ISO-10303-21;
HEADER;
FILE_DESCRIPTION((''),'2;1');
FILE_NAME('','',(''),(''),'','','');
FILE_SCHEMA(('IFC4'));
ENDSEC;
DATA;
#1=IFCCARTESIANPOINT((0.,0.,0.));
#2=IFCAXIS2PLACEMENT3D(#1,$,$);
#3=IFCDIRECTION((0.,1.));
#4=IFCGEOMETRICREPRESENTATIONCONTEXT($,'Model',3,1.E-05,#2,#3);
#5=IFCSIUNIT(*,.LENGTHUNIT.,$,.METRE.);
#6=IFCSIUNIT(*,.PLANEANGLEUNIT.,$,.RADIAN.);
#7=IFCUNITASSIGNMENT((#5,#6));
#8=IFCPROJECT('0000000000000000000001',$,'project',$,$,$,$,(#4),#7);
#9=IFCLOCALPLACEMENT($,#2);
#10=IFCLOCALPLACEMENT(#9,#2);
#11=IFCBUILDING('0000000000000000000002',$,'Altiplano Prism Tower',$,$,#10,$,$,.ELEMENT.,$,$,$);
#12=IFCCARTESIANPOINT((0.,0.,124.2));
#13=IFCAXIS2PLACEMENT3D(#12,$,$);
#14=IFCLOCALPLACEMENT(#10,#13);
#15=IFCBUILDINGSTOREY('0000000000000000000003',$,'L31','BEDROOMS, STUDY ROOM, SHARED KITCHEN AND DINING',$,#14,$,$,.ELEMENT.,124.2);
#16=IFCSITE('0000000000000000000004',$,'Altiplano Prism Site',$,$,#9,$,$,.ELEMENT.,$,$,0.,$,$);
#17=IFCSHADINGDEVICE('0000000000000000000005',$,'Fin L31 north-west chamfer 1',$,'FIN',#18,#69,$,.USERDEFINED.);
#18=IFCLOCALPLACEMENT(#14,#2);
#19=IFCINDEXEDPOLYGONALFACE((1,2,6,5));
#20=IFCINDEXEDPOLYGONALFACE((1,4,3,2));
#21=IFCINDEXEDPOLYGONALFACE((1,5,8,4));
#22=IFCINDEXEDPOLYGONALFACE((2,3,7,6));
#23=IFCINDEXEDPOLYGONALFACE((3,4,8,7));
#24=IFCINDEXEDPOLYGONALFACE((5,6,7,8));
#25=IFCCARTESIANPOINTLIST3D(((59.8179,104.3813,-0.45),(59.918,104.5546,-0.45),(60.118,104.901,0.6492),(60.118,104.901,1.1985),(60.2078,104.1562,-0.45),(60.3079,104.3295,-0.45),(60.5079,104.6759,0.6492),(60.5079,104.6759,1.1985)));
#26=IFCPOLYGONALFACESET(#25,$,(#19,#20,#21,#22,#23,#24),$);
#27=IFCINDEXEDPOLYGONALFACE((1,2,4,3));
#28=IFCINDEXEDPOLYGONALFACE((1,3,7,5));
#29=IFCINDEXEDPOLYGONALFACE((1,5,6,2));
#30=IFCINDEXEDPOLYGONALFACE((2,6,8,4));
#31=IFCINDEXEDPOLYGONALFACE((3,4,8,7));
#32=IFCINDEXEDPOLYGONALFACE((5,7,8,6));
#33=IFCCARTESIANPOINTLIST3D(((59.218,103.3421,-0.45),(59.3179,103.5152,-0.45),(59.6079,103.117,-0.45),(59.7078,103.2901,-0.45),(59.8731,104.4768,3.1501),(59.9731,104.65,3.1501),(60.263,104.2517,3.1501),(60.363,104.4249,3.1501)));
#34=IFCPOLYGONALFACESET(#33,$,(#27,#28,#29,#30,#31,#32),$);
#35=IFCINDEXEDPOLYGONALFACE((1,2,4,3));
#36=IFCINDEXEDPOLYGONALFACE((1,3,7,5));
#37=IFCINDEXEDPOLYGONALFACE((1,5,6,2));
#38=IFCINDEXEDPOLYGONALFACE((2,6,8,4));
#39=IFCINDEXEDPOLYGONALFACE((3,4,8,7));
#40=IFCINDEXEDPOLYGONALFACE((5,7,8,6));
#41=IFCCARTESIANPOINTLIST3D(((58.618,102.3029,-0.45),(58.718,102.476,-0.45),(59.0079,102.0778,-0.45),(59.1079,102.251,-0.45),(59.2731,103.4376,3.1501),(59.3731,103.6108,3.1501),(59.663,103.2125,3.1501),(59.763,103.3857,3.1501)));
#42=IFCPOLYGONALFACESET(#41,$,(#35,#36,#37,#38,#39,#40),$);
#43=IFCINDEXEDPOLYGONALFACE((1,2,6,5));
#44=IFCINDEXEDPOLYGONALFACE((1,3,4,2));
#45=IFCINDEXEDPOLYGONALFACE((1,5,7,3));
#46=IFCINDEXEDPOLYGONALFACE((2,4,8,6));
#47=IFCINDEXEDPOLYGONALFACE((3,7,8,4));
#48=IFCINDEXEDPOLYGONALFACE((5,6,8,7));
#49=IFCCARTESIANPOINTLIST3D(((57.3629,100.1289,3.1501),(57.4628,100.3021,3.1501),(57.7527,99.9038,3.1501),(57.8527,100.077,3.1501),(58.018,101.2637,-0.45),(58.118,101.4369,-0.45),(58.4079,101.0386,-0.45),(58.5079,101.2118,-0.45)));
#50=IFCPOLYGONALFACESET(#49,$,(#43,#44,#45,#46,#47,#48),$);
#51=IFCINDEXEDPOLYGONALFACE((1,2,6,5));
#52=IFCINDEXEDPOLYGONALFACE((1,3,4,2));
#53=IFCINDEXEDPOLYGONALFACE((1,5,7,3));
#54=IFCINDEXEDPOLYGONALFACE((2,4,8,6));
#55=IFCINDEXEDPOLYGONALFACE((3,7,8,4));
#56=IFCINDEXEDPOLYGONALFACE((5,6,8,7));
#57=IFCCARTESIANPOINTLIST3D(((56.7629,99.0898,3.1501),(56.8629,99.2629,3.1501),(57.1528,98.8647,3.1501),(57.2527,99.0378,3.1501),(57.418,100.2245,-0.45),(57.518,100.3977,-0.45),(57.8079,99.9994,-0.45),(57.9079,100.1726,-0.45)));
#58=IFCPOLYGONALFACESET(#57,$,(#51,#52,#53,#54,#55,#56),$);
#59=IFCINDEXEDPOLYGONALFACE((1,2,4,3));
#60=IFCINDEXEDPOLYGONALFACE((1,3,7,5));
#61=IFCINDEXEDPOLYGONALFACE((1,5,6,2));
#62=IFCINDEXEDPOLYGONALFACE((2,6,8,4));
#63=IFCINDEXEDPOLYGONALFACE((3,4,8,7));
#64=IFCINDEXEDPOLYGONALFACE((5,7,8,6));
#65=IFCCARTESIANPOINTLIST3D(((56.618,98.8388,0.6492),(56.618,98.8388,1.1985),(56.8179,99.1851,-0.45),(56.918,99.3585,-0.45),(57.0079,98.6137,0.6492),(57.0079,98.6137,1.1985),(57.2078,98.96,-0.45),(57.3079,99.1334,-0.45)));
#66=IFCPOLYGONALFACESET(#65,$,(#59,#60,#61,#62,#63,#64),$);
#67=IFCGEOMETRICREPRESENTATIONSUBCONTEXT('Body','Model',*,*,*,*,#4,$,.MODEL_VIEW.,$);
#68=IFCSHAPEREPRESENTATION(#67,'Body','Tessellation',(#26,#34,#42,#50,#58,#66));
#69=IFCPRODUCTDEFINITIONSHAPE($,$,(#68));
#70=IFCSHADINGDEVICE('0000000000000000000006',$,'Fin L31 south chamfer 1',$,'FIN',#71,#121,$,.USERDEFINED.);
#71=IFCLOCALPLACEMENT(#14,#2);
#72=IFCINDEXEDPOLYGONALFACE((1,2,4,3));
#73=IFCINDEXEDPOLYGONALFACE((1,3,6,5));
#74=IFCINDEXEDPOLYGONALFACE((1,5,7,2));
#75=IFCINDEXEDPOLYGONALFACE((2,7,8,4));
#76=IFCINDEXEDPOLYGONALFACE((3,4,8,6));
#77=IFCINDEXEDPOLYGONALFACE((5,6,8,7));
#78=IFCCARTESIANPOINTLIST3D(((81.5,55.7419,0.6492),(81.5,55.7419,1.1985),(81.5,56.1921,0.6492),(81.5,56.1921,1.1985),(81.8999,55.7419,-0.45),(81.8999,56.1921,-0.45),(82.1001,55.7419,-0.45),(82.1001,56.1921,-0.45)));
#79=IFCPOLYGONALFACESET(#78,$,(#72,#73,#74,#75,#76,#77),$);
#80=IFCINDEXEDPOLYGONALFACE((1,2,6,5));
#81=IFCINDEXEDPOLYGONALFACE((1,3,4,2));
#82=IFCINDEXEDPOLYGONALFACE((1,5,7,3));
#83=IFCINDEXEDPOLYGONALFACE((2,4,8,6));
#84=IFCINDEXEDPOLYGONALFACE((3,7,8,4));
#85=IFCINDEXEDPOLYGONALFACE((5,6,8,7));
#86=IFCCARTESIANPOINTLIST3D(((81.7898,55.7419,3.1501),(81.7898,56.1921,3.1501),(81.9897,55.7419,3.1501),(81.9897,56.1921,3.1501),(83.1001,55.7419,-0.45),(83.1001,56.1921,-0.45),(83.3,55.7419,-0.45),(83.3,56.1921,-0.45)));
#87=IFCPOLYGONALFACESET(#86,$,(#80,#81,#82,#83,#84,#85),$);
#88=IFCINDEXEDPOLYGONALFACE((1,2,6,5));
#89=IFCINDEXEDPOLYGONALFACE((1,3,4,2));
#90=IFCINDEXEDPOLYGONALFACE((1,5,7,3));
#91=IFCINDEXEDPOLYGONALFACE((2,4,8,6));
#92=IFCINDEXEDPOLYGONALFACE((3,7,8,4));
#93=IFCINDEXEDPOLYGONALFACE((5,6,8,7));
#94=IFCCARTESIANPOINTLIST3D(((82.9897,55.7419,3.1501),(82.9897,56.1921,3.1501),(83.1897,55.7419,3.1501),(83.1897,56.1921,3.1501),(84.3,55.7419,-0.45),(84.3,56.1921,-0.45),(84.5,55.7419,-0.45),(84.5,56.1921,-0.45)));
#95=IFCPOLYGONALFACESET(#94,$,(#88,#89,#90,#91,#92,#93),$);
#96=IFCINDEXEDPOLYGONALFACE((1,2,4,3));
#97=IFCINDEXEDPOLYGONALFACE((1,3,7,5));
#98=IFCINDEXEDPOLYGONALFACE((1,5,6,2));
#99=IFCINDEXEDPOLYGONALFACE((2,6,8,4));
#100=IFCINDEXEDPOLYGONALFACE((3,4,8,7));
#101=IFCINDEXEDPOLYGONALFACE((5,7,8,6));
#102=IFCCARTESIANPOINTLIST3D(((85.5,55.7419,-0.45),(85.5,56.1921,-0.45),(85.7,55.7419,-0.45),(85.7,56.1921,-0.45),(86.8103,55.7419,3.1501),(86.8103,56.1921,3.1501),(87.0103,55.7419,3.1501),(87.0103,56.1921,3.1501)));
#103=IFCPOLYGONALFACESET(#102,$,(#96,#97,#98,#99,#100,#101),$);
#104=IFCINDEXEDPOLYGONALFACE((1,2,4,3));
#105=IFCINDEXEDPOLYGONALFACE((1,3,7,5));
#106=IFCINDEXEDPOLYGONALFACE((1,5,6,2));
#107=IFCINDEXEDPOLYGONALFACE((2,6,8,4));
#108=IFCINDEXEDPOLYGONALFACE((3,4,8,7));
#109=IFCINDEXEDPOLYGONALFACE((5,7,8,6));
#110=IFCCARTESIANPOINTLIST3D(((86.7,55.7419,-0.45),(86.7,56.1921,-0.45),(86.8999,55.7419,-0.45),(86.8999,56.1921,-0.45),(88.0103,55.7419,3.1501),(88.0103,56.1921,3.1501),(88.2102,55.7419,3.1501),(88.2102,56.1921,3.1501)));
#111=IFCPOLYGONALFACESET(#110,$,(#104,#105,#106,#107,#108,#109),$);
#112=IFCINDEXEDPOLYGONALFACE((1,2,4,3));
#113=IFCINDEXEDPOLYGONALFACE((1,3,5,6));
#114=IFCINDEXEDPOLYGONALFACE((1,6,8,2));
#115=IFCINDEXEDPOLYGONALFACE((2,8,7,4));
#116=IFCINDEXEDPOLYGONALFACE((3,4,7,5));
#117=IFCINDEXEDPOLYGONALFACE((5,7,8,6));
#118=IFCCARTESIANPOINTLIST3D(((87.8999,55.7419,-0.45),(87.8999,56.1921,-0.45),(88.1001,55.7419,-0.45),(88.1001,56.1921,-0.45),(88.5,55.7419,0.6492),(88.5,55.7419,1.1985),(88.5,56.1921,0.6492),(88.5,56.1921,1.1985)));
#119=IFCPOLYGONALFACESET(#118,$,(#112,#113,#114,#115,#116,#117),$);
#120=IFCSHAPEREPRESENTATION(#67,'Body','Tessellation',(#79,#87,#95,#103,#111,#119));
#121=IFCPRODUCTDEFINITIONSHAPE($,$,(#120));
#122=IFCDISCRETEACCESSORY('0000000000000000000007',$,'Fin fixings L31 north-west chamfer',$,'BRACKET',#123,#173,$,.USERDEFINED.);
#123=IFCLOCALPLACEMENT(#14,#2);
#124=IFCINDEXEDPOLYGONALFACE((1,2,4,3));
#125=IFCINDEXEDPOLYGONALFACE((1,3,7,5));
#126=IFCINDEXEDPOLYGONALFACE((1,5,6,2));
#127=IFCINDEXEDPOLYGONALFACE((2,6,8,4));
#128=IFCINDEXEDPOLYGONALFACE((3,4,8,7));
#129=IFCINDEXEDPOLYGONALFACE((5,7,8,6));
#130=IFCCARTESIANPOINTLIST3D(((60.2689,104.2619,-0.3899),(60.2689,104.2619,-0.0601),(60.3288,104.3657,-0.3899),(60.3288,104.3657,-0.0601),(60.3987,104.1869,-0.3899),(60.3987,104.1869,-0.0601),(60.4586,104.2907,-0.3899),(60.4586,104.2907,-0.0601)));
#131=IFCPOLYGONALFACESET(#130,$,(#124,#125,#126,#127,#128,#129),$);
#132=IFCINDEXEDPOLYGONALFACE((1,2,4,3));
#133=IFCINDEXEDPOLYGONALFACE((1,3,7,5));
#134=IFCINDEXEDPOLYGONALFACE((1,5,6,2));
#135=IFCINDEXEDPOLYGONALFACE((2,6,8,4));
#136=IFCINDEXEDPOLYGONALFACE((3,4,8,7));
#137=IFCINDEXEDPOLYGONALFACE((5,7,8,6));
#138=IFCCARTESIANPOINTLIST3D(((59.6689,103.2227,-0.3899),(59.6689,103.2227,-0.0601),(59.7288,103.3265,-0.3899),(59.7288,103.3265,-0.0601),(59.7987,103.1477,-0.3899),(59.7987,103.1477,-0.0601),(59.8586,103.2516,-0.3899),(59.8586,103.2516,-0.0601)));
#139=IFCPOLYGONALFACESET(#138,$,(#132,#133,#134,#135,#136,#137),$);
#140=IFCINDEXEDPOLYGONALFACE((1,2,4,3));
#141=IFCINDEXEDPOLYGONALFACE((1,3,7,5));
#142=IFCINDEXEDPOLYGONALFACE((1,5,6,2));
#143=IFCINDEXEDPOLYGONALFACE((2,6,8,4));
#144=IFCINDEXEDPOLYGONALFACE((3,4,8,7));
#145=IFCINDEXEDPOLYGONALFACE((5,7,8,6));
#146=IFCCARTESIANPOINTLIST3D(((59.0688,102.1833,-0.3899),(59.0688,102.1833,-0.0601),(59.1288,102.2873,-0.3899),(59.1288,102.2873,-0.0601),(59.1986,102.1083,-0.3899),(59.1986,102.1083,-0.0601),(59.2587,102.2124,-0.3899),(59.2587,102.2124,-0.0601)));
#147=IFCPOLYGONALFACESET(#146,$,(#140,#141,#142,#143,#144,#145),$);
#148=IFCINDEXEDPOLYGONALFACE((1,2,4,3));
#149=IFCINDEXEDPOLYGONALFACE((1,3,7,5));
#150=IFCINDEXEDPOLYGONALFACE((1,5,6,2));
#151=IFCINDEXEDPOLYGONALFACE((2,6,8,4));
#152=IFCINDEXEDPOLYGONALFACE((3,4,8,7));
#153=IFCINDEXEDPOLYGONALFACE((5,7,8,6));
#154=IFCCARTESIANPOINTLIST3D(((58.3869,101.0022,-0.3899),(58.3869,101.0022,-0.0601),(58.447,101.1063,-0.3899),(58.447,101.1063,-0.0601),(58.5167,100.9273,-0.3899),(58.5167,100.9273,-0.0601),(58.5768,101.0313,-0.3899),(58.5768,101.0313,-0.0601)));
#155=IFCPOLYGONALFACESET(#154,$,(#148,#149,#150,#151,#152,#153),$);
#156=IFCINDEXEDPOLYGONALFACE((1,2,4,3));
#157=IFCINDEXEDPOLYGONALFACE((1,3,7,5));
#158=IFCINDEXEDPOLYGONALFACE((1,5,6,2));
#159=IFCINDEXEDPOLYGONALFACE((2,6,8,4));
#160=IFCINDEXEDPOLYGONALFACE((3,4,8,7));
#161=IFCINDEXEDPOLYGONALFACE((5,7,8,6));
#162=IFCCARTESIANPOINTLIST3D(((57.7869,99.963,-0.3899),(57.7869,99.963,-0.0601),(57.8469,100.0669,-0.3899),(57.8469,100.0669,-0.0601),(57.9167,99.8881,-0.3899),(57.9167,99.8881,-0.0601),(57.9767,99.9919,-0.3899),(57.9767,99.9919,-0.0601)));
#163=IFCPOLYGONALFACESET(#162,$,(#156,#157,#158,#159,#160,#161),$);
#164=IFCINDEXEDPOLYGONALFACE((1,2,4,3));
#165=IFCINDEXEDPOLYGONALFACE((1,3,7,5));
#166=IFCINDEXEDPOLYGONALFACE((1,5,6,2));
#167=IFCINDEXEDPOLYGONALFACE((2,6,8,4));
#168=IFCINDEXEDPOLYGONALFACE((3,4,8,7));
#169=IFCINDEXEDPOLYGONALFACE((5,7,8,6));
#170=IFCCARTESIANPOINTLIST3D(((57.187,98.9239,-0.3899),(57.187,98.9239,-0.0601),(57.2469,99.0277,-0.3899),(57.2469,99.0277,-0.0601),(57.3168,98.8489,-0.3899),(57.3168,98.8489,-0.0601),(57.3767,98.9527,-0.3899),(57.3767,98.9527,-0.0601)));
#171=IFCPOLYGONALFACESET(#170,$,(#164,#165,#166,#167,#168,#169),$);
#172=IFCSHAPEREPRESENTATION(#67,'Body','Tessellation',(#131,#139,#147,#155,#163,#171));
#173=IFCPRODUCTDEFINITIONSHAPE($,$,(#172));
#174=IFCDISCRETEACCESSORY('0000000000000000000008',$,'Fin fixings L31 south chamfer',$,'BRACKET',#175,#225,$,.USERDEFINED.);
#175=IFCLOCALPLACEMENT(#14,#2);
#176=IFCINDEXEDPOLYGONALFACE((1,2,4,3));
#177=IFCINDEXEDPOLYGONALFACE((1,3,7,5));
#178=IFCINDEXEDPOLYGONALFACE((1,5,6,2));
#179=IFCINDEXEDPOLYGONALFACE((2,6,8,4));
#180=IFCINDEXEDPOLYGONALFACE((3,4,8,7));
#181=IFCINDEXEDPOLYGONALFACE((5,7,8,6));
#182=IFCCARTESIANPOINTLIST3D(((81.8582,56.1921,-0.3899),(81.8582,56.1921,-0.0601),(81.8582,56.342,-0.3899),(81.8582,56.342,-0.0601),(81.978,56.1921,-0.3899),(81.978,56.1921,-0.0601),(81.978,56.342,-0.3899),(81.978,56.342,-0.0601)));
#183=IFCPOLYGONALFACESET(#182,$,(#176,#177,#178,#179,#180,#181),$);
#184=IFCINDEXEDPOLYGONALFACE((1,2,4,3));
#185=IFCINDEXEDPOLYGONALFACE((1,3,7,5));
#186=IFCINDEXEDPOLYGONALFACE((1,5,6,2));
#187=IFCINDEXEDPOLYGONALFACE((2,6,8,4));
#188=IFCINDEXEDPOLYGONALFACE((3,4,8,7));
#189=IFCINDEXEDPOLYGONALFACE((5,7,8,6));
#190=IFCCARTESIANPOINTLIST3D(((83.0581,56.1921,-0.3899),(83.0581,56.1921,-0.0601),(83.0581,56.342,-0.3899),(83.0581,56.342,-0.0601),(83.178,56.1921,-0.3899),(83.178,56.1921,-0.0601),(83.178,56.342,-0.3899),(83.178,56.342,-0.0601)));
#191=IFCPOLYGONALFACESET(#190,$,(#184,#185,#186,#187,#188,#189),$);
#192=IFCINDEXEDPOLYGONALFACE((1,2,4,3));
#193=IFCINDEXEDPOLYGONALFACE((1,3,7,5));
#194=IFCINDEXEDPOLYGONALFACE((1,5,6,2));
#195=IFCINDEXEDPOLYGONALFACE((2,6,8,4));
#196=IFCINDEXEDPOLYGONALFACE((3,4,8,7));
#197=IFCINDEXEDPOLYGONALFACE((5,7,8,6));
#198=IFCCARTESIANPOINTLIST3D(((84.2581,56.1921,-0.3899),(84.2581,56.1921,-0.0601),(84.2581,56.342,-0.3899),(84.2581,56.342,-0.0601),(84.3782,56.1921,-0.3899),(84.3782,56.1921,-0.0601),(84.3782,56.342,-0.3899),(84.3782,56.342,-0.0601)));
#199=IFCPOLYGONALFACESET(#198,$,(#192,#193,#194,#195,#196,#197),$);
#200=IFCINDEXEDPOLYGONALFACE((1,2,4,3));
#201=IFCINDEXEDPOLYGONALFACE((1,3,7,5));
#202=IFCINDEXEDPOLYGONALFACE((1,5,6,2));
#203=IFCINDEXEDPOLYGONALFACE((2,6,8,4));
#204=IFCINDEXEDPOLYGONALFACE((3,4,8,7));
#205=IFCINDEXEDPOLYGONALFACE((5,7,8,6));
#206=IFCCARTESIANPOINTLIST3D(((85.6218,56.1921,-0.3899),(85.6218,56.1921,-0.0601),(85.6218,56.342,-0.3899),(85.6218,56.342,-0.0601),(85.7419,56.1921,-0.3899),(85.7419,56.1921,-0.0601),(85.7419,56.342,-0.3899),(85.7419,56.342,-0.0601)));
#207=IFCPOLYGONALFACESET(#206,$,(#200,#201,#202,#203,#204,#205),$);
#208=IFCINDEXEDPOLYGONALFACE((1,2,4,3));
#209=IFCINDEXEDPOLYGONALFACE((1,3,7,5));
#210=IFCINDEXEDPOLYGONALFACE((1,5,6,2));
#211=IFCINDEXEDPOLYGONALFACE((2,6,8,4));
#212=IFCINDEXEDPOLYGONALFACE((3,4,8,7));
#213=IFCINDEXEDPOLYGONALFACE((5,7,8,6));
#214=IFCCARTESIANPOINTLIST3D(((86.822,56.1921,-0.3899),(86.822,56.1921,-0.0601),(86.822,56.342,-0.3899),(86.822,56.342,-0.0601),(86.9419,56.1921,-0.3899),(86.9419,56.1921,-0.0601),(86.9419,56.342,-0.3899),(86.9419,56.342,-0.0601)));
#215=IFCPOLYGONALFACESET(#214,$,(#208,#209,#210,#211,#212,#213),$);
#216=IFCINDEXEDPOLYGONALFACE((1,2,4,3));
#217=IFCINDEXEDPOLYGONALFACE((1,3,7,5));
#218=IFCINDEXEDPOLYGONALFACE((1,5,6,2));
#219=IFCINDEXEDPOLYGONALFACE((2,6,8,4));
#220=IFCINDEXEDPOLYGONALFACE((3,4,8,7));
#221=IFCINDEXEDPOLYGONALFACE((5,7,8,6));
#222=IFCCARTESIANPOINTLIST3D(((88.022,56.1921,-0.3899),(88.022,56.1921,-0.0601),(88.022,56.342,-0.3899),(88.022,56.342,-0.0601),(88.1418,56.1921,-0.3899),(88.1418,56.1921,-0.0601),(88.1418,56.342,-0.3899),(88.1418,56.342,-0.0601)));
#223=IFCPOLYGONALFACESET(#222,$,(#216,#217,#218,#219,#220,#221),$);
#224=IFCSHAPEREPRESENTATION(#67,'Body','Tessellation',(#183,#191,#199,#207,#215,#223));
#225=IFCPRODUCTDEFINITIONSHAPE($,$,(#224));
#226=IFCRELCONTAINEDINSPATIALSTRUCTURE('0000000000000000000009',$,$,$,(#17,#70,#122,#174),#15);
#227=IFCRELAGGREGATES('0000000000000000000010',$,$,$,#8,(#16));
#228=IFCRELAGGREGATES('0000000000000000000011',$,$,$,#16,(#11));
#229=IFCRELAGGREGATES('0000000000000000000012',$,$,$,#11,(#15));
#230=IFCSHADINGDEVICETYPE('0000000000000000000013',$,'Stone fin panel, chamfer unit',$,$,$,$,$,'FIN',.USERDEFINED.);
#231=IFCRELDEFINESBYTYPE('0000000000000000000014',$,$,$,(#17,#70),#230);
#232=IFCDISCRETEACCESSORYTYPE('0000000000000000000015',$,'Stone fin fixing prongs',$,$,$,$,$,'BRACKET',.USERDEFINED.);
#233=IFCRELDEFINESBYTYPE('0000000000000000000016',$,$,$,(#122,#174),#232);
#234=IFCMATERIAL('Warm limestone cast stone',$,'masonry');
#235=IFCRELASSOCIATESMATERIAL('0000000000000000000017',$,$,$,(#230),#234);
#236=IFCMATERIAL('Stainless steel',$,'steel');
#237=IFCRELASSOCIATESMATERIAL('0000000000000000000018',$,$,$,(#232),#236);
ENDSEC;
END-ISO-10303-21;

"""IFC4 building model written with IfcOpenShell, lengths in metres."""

from ifc_helpers import new_model, si_unit, direction, frame, origin, place, context, subcontext, project, spatial, polyline, outline, extrude, source, transform, mapped, material, type_object, element, save


model = new_model("IFC4")

# Units and contexts
model_context = context("Model", 3, precision=1e-05, world=origin(), true_north=direction((0.0, 1.0)))
body_context = subcontext(model_context, "Body", "Model", "MODEL_VIEW")
ifc_project = project(units=[si_unit("LENGTHUNIT", "METRE"), si_unit("PLANEANGLEUNIT", "RADIAN")], contexts=[model_context])

# Site, building, storey
site_placement = place(None, origin())
site = spatial("IfcSite", under=ifc_project, at=site_placement, Name="Altiplano Prism Site", CompositionType="ELEMENT", RefElevation=0.0)
building_placement = place(site_placement, origin())
building = spatial("IfcBuilding", under=site, at=building_placement, Name="Altiplano Prism Tower", CompositionType="ELEMENT")
storey_placement = place(building_placement, frame((0.0, 0.0, 124.2)))
storey = spatial("IfcBuildingStorey", under=building, at=storey_placement, Name="L31", Description="BEDROOMS, STUDY ROOM, SHARED KITCHEN AND DINING", CompositionType="ELEMENT", Elevation=124.2)

# Shading devices
ifc_material_1 = material(Name="Warm limestone cast stone", Category="masonry")
shading_device_type_1 = type_object("IfcShadingDeviceType", Name="Stone fin panel, chamfer unit", ElementType="FIN", PredefinedType="USERDEFINED", material=ifc_material_1)
shared_shape_1 = source(origin(), body_context, "Body", "SweptSolid", [
    extrude(outline(polyline([(-3.5, 1.6484), (-3.5, 1.0991), (-3.1001, 0.0), (-2.8999, 0.0), (-3.5, 1.6484)])), frame((0.0, -0.1499, 0.0), z_axis=(0.0, -1.0, 0.0), x_axis=(1.0, 0.0, 0.0)), (0.0, 0.0, 1.0), 0.4502),
    extrude(outline(polyline([(-3.2102, 3.6001), (-1.8999, 0.0), (-1.7, 0.0), (-3.0103, 3.6001), (-3.2102, 3.6001)])), frame((0.0, -0.1499, 0.0), z_axis=(0.0, -1.0, 0.0), x_axis=(1.0, 0.0, 0.0)), (0.0, 0.0, 1.0), 0.4502),
    extrude(outline(polyline([(-2.0103, 3.6001), (-0.7, 0.0), (-0.5, 0.0), (-1.8103, 3.6001), (-2.0103, 3.6001)])), frame((0.0, -0.1499, 0.0), z_axis=(0.0, -1.0, 0.0), x_axis=(1.0, 0.0, 0.0)), (0.0, 0.0, 1.0), 0.4502),
    extrude(outline(polyline([(1.8103, 3.6001), (0.5, 0.0), (0.7, 0.0), (2.0103, 3.6001), (1.8103, 3.6001)])), frame((0.0, -0.1499, 0.0), z_axis=(0.0, -1.0, 0.0), x_axis=(1.0, 0.0, 0.0)), (0.0, 0.0, 1.0), 0.4502),
    extrude(outline(polyline([(3.0103, 3.6001), (1.7, 0.0), (1.8999, 0.0), (3.2102, 3.6001), (3.0103, 3.6001)])), frame((0.0, -0.1499, 0.0), z_axis=(0.0, -1.0, 0.0), x_axis=(1.0, 0.0, 0.0)), (0.0, 0.0, 1.0), 0.4502),
    extrude(outline(polyline([(3.5, 1.0991), (3.5, 1.6484), (2.8999, 0.0), (3.1001, 0.0), (3.5, 1.0991)])), frame((0.0, -0.1499, 0.0), z_axis=(0.0, -1.0, 0.0), x_axis=(1.0, 0.0, 0.0)), (0.0, 0.0, 1.0), 0.4502),
])
shading_device_1_placement = place(storey_placement, origin())
element("IfcShadingDevice", 1, at=shading_device_1_placement, inside=storey, type_object=shading_device_type_1, Name="Fin L31 north-west chamfer 1", ObjectType="FIN", PredefinedType="USERDEFINED", context=body_context, shape_type="MappedRepresentation", body=[
    mapped(shared_shape_1, transform((58.8877, 101.5698, -0.45), x_axis=(-0.5, -0.866025, 0.0), y_axis=(0.866025, -0.5, 0.0), z_axis=(0.0, 0.0, 1.0))),
])
shading_device_2_placement = place(storey_placement, origin())
element("IfcShadingDevice", 2, at=shading_device_2_placement, inside=storey, type_object=shading_device_type_1, Name="Fin L31 south chamfer 1", ObjectType="FIN", PredefinedType="USERDEFINED", context=body_context, shape_type="MappedRepresentation", body=[
    mapped(shared_shape_1, transform((85.0, 56.342, -0.45), x_axis=(1.0, 0.0, 0.0), y_axis=(0.0, 1.0, 0.0), z_axis=(0.0, 0.0, 1.0))),
])

# Discrete accessories
ifc_material_2 = material(Name="Stainless steel", Category="steel")
discrete_accessory_type = type_object("IfcDiscreteAccessoryType", Name="Stone fin fixing prongs", ElementType="BRACKET", PredefinedType="USERDEFINED", material=ifc_material_2)
shared_shape_2 = source(origin(), body_context, "Body", "SweptSolid", [
    extrude(outline(polyline([(-3.1418, 0.0601), (-3.022, 0.0601), (-3.022, 0.3899), (-3.1418, 0.3899), (-3.1418, 0.0601)])), frame((0.0, 0.0, 0.0), z_axis=(0.0, -1.0, 0.0), x_axis=(1.0, 0.0, 0.0)), (0.0, 0.0, 1.0), 0.1499),
    extrude(outline(polyline([(-1.9419, 0.0601), (-1.822, 0.0601), (-1.822, 0.3899), (-1.9419, 0.3899), (-1.9419, 0.0601)])), frame((0.0, 0.0, 0.0), z_axis=(0.0, -1.0, 0.0), x_axis=(1.0, 0.0, 0.0)), (0.0, 0.0, 1.0), 0.1499),
    extrude(outline(polyline([(-0.7419, 0.0601), (-0.6218, 0.0601), (-0.6218, 0.3899), (-0.7419, 0.3899), (-0.7419, 0.0601)])), frame((0.0, 0.0, 0.0), z_axis=(0.0, -1.0, 0.0), x_axis=(1.0, 0.0, 0.0)), (0.0, 0.0, 1.0), 0.1499),
    extrude(outline(polyline([(0.6218, 0.0601), (0.7419, 0.0601), (0.7419, 0.3899), (0.6218, 0.3899), (0.6218, 0.0601)])), frame((0.0, 0.0, 0.0), z_axis=(0.0, -1.0, 0.0), x_axis=(1.0, 0.0, 0.0)), (0.0, 0.0, 1.0), 0.1499),
    extrude(outline(polyline([(1.822, 0.0601), (1.9419, 0.0601), (1.9419, 0.3899), (1.822, 0.3899), (1.822, 0.0601)])), frame((0.0, 0.0, 0.0), z_axis=(0.0, -1.0, 0.0), x_axis=(1.0, 0.0, 0.0)), (0.0, 0.0, 1.0), 0.1499),
    extrude(outline(polyline([(3.022, 0.0601), (3.1418, 0.0601), (3.1418, 0.3899), (3.022, 0.3899), (3.022, 0.0601)])), frame((0.0, 0.0, 0.0), z_axis=(0.0, -1.0, 0.0), x_axis=(1.0, 0.0, 0.0)), (0.0, 0.0, 1.0), 0.1499),
])
discrete_accessory_1_placement = place(storey_placement, origin())
element("IfcDiscreteAccessory", 3, at=discrete_accessory_1_placement, inside=storey, type_object=discrete_accessory_type, Name="Fin fixings L31 north-west chamfer", ObjectType="BRACKET", PredefinedType="USERDEFINED", context=body_context, shape_type="MappedRepresentation", body=[
    mapped(shared_shape_2, transform((58.8877, 101.5698, -0.45), x_axis=(-0.5, -0.866025, 0.0), y_axis=(0.866025, -0.5, 0.0), z_axis=(0.0, 0.0, 1.0))),
])
discrete_accessory_2_placement = place(storey_placement, origin())
element("IfcDiscreteAccessory", 4, at=discrete_accessory_2_placement, inside=storey, type_object=discrete_accessory_type, Name="Fin fixings L31 south chamfer", ObjectType="BRACKET", PredefinedType="USERDEFINED", context=body_context, shape_type="MappedRepresentation", body=[
    mapped(shared_shape_2, transform((85.0, 56.342, -0.45), x_axis=(1.0, 0.0, 0.0), y_axis=(0.0, 1.0, 0.0), z_axis=(0.0, 0.0, 1.0))),
])

save(model, "model.ifc")
